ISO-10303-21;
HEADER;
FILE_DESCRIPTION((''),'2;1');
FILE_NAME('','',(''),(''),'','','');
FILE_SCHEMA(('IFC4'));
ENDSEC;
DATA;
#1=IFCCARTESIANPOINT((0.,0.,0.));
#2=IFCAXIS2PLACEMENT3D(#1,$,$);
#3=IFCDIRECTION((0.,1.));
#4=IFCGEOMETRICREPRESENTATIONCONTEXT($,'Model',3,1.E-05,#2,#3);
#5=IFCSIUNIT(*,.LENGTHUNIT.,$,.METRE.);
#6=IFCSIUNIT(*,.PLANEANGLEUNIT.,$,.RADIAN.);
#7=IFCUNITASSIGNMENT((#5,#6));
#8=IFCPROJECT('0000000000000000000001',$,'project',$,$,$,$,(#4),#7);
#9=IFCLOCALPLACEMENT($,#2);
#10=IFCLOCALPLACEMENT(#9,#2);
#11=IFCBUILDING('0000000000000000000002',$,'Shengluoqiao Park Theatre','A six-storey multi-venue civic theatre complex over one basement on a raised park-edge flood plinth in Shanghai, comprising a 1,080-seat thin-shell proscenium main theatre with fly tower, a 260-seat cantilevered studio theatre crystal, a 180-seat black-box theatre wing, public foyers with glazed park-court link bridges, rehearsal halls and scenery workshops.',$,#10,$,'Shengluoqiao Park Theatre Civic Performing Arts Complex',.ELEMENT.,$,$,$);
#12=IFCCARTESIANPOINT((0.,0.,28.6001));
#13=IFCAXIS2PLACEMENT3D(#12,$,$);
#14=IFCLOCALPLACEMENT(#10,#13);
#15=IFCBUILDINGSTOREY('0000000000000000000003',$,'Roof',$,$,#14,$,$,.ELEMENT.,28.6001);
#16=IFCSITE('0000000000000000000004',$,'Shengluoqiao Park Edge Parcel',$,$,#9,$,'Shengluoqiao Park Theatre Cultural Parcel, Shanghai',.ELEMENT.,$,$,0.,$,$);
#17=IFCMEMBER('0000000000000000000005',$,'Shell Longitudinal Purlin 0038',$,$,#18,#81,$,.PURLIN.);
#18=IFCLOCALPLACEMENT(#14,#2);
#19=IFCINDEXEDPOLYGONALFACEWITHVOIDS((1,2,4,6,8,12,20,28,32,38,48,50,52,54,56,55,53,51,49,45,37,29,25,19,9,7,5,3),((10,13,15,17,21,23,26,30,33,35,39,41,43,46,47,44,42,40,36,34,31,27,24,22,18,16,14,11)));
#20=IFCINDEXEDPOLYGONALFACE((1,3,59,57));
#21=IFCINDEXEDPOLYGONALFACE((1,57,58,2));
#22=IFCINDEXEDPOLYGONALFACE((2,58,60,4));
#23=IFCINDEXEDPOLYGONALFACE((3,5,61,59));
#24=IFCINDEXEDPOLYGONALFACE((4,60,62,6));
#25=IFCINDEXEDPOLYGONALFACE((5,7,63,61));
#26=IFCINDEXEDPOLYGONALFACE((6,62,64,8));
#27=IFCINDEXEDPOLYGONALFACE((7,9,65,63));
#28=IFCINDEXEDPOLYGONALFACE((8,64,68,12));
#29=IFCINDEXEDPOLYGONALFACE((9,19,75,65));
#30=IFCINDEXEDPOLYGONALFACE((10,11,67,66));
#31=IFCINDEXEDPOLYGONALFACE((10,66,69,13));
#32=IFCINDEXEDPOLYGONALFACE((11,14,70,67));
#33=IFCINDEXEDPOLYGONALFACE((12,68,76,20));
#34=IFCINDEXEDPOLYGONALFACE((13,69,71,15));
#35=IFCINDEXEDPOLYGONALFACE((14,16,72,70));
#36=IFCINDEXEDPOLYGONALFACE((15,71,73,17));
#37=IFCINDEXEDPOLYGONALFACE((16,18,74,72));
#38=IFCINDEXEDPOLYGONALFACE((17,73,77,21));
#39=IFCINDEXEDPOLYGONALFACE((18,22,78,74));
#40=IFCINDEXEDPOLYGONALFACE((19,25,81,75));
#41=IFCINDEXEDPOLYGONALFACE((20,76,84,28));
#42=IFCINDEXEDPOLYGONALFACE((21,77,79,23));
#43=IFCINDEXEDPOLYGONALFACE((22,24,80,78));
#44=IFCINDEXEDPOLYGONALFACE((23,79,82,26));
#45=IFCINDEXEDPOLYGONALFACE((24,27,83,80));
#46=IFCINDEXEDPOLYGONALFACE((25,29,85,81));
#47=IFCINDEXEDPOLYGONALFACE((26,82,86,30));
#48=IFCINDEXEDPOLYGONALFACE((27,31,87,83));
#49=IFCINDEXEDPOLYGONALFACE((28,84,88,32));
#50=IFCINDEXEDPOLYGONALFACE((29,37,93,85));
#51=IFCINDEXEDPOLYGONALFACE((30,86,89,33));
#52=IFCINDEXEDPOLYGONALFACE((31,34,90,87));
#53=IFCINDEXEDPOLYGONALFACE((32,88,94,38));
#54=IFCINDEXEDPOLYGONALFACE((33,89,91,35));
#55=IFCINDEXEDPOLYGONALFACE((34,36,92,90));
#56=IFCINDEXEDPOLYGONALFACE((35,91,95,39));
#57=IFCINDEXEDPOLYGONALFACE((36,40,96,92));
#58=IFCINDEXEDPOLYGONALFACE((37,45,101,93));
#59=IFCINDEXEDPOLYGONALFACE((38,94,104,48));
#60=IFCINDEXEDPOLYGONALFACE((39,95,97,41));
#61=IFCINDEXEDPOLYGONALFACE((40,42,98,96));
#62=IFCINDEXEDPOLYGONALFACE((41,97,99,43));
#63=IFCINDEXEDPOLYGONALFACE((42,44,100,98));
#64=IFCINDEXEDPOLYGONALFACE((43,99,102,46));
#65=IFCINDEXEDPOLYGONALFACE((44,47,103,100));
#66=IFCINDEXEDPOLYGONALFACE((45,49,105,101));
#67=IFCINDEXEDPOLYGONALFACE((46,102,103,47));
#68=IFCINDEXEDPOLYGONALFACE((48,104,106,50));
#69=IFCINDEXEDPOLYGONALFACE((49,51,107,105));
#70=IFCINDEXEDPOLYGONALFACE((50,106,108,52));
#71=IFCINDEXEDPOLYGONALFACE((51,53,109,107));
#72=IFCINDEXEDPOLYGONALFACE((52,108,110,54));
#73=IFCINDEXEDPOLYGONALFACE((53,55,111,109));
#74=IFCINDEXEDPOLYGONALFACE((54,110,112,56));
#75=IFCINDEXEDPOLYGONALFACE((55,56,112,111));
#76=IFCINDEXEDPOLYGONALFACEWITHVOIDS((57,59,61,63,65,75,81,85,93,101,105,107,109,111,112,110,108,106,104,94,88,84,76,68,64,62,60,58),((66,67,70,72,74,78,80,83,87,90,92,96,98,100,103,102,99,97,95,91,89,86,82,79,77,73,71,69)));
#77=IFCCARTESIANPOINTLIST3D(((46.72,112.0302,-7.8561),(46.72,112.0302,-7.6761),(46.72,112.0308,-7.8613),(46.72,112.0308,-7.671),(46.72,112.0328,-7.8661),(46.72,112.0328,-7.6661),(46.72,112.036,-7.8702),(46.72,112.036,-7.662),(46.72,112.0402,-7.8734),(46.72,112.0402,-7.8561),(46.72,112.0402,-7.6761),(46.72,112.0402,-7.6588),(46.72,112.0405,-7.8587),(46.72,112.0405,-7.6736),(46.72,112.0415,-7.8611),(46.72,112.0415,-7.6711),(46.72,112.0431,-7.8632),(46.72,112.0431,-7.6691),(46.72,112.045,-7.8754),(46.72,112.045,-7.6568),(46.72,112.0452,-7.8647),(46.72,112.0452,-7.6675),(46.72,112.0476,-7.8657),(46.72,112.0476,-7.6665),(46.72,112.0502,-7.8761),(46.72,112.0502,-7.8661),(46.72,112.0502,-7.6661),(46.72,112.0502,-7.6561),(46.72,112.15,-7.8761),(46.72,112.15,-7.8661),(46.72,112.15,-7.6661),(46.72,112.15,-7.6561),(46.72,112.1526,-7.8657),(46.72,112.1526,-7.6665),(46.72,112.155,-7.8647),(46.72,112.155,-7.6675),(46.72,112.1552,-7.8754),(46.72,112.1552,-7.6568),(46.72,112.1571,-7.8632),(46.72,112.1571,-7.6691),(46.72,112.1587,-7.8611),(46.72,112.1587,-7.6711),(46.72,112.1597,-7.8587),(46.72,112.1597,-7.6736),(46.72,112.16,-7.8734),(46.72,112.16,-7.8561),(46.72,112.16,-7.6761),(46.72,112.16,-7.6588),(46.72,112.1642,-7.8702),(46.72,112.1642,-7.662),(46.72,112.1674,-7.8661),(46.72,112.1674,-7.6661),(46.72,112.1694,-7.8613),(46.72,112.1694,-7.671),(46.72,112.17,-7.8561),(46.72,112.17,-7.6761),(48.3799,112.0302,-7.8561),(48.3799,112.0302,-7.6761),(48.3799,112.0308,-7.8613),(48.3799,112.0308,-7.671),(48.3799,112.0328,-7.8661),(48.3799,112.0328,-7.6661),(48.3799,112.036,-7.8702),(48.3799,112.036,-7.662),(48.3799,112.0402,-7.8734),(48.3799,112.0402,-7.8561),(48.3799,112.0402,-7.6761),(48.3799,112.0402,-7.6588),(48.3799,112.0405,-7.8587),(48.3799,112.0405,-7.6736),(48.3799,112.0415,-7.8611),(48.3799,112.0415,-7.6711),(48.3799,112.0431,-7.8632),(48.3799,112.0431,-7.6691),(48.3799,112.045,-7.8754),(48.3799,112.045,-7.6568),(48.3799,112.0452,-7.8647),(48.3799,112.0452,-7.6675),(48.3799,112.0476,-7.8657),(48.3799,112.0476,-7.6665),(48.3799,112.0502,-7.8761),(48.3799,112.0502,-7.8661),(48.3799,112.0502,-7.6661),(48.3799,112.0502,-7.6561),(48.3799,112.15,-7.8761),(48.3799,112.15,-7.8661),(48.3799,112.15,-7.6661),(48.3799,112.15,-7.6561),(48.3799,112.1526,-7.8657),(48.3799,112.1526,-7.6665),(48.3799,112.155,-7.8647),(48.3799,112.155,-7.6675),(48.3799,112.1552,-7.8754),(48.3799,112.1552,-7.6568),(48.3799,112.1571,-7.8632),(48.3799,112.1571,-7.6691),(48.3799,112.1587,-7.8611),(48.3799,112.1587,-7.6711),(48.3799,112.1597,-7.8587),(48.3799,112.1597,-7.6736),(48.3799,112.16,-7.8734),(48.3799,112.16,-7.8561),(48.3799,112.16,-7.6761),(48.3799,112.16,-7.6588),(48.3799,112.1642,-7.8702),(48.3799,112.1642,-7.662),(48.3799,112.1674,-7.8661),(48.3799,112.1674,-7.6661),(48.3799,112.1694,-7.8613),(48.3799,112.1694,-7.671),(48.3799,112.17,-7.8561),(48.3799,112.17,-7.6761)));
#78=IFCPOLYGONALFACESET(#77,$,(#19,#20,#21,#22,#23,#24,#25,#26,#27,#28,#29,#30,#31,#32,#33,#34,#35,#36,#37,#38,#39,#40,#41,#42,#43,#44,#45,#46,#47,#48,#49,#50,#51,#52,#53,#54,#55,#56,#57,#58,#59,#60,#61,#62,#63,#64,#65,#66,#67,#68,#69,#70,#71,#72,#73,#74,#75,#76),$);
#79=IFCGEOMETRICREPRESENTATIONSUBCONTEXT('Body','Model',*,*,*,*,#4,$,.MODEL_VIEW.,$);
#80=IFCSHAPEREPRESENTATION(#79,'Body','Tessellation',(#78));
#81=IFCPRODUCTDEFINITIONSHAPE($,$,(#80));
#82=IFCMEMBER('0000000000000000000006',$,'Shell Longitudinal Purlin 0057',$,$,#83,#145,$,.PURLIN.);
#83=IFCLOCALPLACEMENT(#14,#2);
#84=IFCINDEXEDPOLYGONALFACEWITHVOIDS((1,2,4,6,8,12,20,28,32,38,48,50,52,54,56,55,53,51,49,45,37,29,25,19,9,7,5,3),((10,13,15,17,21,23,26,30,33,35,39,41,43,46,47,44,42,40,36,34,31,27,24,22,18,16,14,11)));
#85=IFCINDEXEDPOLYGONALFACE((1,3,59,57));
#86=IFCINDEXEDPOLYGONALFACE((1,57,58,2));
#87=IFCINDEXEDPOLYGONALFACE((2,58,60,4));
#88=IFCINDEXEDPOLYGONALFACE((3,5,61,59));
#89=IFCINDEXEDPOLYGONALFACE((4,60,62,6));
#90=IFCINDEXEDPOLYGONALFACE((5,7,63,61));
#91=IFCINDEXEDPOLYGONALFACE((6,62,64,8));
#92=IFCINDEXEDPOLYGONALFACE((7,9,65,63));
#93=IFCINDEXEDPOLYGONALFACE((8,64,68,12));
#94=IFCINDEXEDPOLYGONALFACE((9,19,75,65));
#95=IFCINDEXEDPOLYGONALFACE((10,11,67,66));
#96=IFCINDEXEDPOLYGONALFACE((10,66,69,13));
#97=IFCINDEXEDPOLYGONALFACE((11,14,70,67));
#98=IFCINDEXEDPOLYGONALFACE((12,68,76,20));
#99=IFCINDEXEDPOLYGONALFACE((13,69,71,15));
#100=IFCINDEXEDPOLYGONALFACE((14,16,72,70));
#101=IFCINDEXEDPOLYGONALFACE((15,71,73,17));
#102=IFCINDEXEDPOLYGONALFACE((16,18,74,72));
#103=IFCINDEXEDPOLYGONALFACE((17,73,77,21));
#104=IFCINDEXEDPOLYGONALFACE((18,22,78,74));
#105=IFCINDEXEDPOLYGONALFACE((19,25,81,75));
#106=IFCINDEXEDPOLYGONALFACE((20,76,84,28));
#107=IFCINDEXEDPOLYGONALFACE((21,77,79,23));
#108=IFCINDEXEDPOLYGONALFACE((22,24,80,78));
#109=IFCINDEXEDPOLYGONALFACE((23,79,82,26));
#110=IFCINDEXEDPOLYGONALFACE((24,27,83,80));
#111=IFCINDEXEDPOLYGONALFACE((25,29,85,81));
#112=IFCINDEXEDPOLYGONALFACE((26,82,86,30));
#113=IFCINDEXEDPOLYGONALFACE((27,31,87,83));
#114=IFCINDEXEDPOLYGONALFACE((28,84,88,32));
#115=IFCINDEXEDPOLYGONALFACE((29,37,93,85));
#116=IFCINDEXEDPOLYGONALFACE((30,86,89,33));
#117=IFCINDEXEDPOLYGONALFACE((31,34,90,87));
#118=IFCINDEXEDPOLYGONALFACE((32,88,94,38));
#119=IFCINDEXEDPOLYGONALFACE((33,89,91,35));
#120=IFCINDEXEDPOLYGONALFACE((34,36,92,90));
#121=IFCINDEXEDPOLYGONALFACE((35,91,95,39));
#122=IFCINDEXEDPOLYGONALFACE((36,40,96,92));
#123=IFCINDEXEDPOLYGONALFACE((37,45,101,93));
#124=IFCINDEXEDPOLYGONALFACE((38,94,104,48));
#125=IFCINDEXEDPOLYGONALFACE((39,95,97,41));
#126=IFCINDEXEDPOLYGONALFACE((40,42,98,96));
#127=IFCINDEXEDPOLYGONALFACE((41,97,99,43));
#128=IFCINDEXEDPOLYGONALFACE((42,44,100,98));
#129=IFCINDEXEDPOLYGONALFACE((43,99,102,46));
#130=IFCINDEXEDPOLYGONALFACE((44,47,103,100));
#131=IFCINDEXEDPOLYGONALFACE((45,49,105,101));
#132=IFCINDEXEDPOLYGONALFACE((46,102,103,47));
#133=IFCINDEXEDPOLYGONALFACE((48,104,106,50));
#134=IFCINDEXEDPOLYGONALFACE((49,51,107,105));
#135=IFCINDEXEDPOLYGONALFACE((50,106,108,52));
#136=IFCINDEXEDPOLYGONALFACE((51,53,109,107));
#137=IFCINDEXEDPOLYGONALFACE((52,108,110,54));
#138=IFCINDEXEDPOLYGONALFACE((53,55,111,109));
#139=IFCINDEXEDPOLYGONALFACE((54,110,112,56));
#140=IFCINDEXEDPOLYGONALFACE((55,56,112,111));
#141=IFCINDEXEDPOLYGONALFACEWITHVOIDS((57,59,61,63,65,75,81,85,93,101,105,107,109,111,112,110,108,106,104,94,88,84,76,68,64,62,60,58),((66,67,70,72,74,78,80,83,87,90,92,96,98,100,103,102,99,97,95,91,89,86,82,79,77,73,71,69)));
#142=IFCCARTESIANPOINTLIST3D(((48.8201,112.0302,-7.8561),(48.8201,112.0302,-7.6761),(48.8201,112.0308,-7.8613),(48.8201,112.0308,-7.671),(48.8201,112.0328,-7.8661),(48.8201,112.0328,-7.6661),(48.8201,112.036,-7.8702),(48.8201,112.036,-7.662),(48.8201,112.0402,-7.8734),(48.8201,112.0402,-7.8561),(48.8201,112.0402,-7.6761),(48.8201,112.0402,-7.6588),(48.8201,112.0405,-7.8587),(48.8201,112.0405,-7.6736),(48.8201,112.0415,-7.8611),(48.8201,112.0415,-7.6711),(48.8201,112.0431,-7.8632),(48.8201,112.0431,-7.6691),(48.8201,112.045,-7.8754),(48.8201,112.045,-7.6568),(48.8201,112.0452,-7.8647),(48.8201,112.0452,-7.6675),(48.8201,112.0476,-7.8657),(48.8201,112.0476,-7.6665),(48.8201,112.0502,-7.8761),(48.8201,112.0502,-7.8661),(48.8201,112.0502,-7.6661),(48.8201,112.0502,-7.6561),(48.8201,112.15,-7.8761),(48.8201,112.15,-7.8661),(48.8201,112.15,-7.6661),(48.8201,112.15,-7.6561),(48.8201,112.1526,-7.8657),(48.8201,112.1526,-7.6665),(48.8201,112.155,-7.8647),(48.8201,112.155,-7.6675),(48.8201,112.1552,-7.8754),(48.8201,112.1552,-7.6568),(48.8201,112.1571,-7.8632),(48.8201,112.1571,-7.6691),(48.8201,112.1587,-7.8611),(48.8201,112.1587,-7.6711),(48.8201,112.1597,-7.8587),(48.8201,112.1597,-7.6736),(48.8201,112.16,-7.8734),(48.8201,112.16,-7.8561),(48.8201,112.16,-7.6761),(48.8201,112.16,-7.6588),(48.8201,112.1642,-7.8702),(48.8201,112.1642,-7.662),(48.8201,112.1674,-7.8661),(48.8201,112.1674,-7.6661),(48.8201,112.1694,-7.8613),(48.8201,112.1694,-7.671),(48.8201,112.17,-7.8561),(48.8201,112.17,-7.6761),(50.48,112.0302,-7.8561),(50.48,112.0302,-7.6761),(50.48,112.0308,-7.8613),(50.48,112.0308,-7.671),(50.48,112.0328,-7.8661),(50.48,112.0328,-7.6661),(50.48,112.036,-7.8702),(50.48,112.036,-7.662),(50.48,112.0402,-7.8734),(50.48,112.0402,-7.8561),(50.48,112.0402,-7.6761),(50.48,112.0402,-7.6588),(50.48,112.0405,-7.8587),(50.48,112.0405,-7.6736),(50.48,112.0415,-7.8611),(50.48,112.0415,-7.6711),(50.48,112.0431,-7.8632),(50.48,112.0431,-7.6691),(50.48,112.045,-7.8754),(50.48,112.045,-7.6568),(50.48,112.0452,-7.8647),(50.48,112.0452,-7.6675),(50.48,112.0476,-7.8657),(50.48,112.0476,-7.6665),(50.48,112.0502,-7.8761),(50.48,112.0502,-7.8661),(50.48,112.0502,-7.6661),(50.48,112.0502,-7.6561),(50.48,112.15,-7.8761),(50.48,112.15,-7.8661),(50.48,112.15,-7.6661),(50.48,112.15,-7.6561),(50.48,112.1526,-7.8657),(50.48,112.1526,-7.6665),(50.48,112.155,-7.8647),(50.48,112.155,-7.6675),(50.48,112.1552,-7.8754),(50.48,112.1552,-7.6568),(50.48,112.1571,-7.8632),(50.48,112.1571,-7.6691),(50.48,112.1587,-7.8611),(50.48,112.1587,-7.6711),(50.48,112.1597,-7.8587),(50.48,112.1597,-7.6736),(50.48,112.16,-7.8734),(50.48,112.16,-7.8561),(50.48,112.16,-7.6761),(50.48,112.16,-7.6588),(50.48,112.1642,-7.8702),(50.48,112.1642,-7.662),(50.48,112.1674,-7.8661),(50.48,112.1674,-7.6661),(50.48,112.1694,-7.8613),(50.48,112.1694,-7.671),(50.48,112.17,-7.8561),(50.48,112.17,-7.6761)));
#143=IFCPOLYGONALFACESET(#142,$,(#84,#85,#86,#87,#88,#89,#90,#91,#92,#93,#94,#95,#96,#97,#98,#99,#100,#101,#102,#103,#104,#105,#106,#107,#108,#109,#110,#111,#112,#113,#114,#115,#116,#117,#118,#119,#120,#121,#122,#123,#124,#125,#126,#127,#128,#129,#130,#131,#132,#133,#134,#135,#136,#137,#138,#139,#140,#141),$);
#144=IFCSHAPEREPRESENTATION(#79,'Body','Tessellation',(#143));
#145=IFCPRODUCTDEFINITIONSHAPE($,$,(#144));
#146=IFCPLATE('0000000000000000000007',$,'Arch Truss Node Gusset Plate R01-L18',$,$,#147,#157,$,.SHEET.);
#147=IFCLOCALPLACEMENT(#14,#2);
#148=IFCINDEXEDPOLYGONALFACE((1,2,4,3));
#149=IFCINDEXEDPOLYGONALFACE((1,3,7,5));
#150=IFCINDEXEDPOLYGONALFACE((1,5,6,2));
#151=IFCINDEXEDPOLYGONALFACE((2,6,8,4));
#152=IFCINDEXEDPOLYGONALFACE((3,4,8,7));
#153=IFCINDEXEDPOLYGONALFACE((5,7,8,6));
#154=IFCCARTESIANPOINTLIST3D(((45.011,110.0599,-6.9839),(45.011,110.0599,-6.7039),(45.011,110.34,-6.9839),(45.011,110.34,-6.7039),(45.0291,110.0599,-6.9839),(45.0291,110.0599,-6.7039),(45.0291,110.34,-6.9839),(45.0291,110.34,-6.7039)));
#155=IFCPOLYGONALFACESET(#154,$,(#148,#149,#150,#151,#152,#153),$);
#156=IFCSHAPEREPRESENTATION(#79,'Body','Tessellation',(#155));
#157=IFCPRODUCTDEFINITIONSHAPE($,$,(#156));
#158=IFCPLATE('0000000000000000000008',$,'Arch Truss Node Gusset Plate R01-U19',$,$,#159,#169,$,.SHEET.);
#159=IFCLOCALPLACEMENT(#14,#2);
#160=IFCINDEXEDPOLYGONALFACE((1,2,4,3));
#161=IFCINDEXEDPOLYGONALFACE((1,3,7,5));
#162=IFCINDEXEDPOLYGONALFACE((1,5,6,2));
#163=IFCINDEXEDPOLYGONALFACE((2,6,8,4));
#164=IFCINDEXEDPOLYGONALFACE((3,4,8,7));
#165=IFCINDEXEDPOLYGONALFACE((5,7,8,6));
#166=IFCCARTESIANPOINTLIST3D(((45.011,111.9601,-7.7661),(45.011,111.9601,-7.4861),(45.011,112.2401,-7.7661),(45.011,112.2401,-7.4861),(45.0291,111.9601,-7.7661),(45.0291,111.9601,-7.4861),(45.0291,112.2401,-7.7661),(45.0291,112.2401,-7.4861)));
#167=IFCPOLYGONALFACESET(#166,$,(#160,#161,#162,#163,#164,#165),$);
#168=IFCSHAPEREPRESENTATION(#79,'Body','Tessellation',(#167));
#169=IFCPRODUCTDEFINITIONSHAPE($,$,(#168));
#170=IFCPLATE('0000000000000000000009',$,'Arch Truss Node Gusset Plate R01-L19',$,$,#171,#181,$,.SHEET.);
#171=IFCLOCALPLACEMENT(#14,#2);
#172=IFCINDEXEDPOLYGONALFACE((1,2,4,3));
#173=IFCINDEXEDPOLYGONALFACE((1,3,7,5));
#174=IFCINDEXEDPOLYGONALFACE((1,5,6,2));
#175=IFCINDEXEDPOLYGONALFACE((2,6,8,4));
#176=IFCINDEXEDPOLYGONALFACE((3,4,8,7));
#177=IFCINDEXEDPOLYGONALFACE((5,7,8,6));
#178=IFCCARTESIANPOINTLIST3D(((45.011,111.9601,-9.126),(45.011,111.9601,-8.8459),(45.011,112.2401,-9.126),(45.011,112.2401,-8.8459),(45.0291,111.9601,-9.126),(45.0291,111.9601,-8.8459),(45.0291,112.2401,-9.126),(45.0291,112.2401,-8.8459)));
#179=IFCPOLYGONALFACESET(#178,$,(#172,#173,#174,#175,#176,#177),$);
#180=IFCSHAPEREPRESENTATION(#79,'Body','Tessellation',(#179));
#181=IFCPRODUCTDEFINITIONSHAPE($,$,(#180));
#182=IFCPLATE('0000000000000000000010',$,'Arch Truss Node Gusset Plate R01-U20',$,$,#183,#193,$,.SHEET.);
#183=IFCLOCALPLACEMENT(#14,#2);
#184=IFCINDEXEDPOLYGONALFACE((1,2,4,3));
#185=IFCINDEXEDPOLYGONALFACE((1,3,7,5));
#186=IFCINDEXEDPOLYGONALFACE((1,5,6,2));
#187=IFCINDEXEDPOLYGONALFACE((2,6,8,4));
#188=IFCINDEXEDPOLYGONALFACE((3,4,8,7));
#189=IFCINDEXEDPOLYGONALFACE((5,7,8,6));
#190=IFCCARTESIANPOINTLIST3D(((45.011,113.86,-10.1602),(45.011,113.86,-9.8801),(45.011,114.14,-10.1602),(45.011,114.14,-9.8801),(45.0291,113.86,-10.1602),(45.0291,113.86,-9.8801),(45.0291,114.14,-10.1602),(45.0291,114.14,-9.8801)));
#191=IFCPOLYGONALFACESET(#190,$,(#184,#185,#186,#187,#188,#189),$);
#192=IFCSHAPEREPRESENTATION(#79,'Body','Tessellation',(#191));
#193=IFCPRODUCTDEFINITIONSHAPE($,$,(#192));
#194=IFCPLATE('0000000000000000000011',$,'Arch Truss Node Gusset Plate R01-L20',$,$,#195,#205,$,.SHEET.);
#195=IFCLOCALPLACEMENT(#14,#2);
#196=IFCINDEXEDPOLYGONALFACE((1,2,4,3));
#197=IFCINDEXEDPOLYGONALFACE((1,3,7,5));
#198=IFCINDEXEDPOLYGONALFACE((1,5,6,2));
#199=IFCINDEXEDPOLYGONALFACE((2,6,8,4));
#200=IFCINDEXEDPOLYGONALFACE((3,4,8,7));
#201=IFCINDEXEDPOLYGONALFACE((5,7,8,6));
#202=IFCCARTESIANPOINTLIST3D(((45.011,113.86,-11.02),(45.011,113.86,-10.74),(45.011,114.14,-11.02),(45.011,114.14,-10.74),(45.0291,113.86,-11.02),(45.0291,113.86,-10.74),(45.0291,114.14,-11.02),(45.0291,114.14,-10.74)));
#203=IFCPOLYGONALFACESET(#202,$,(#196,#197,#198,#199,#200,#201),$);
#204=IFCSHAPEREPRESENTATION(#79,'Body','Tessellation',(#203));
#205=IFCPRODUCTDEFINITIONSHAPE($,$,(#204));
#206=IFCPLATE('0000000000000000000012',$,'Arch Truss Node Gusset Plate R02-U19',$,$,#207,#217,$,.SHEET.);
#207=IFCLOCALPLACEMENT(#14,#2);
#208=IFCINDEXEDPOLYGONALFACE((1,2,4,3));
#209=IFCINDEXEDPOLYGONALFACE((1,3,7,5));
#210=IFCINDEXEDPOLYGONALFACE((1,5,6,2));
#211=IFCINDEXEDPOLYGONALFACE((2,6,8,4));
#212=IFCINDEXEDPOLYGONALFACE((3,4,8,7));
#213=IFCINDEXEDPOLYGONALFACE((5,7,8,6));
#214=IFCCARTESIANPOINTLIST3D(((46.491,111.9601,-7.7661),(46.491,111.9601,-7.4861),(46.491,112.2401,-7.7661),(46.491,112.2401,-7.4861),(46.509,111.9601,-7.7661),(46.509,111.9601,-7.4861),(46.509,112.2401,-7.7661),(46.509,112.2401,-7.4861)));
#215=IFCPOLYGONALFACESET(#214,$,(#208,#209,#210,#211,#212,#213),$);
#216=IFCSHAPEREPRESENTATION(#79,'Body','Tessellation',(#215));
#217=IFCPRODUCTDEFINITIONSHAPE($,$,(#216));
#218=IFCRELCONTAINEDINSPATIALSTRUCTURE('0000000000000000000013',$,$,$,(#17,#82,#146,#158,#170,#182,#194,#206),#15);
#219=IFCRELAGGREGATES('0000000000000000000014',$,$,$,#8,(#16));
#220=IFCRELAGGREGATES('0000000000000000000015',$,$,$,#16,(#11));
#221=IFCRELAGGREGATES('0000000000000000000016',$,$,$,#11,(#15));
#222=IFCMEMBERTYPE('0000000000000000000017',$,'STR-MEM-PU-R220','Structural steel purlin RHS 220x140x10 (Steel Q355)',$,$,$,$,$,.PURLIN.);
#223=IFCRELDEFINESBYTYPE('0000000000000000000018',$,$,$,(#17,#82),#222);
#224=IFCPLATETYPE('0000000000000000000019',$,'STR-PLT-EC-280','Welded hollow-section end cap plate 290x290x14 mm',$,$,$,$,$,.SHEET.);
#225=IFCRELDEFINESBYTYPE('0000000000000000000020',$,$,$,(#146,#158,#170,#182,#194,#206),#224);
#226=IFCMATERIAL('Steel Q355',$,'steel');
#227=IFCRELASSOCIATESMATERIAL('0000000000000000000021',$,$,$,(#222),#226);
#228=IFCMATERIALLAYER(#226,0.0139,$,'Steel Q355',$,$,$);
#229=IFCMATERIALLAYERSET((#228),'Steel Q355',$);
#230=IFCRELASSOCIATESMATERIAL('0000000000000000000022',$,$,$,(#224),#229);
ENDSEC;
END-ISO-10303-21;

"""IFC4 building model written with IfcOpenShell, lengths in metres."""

from ifc_helpers import new_model, si_unit, direction, frame, origin, origin_2d, place, context, subcontext, project, spatial, rectangle, hollow_rectangle, extrude, material, layer, layer_set, material_profile, profile_set, type_object, element, save


model = new_model("IFC4")

# Units and contexts
model_context = context("Model", 3, precision=1e-05, world=origin(), true_north=direction((0.0, 1.0)))
body_context = subcontext(model_context, "Body", "Model", "MODEL_VIEW")
ifc_project = project(units=[si_unit("LENGTHUNIT", "METRE"), si_unit("PLANEANGLEUNIT", "RADIAN")], contexts=[model_context])

# Site, building, storey
site_placement = place(None, origin())
site = spatial("IfcSite", under=ifc_project, at=site_placement, Name="Shengluoqiao Park Edge Parcel", LongName="Shengluoqiao Park Theatre Cultural Parcel, Shanghai", CompositionType="ELEMENT", RefElevation=0.0)
building_placement = place(site_placement, origin())
building = spatial("IfcBuilding", under=site, at=building_placement, Name="Shengluoqiao Park Theatre", Description="A six-storey multi-venue civic theatre complex over one basement on a raised park-edge flood plinth in Shanghai, comprising a 1,080-seat thin-shell proscenium main theatre with fly tower, a 260-seat cantilevered studio theatre crystal, a 180-seat black-box theatre wing, public foyers with glazed park-court link bridges, rehearsal halls and scenery workshops.", LongName="Shengluoqiao Park Theatre Civic Performing Arts Complex", CompositionType="ELEMENT")
storey_placement = place(building_placement, frame((0.0, 0.0, 28.6001)))
storey = spatial("IfcBuildingStorey", under=building, at=storey_placement, Name="Roof", CompositionType="ELEMENT", Elevation=28.6001)

# Shared definitions
ifc_material_1 = material(Name="Steel Q355", Category="steel")

# Members
ifc_material_profile_1 = material_profile(ifc_material_1, hollow_rectangle(XDim=0.1399, YDim=0.22, WallThickness=0.01, InnerFilletRadius=0.01, OuterFilletRadius=0.02, at=origin_2d()), Name="RHS 220x140x10")
ifc_profile_set_1 = profile_set([ifc_material_profile_1], Name="Steel Q355")
member_type_1 = type_object("IfcMemberType", Name="STR-MEM-PU-R220", Description="Structural steel purlin RHS 220x140x10 (Steel Q355)", PredefinedType="PURLIN", material=ifc_profile_set_1)
for number, where, z_axis, x_axis, name in (
    (1, (46.72, 112.1001, -7.7661), (1.0, 0.0, 0.0), (0.0, 1.0, 0.0), "Shell Longitudinal Purlin 0038"),
    (2, (48.8201, 112.1001, -7.7661), (1.0, 0.0, 0.0), (0.0, 1.0, 0.0), "Shell Longitudinal Purlin 0057"),
):
    element("IfcMember", number, at=place(storey_placement, frame(where, z_axis=z_axis, x_axis=x_axis)), inside=storey, type_object=member_type_1, Name=name, PredefinedType="PURLIN", context=body_context, shape_type="SweptSolid", body=[
        extrude(hollow_rectangle(XDim=0.1399, YDim=0.22, WallThickness=0.01, InnerFilletRadius=0.01, OuterFilletRadius=0.02, at=origin_2d()), origin(), (0.0, 0.0, 1.0), 1.6599),
    ])

# Plates
ifc_layer_1 = layer(ifc_material_1, 0.0139, Name="Steel Q355")
ifc_layer_set_1 = layer_set([ifc_layer_1], Name="Steel Q355")
plate_type_1 = type_object("IfcPlateType", Name="STR-PLT-EC-280", Description="Welded hollow-section end cap plate 290x290x14 mm", PredefinedType="SHEET", material=ifc_layer_set_1)
for number, where, z_axis, x_axis, name in (
    (3, (45.02, 110.2, -6.9839), (0.0, 0.0, 1.0), (1.0, 0.0, 0.0), "Arch Truss Node Gusset Plate R01-L18"),
    (4, (45.02, 112.1001, -7.7661), (0.0, 0.0, 1.0), (1.0, 0.0, 0.0), "Arch Truss Node Gusset Plate R01-U19"),
    (5, (45.02, 112.1001, -9.126), (0.0, 0.0, 1.0), (1.0, 0.0, 0.0), "Arch Truss Node Gusset Plate R01-L19"),
    (6, (45.02, 114.0, -10.1602), (0.0, 0.0, 1.0), (1.0, 0.0, 0.0), "Arch Truss Node Gusset Plate R01-U20"),
    (7, (45.02, 114.0, -11.02), (0.0, 0.0, 1.0), (1.0, 0.0, 0.0), "Arch Truss Node Gusset Plate R01-L20"),
    (8, (46.5, 112.1001, -7.7661), (0.0, 0.0, 1.0), (1.0, 0.0, 0.0), "Arch Truss Node Gusset Plate R02-U19"),
):
    element("IfcPlate", number, at=place(storey_placement, frame(where, z_axis=z_axis, x_axis=x_axis)), inside=storey, type_object=plate_type_1, Name=name, PredefinedType="SHEET", context=body_context, shape_type="SweptSolid", body=[
        extrude(rectangle(XDim=0.0181, YDim=0.28, at=origin_2d()), origin(), (0.0, 0.0, 1.0), 0.28),
    ])

save(model, "model.ifc")
